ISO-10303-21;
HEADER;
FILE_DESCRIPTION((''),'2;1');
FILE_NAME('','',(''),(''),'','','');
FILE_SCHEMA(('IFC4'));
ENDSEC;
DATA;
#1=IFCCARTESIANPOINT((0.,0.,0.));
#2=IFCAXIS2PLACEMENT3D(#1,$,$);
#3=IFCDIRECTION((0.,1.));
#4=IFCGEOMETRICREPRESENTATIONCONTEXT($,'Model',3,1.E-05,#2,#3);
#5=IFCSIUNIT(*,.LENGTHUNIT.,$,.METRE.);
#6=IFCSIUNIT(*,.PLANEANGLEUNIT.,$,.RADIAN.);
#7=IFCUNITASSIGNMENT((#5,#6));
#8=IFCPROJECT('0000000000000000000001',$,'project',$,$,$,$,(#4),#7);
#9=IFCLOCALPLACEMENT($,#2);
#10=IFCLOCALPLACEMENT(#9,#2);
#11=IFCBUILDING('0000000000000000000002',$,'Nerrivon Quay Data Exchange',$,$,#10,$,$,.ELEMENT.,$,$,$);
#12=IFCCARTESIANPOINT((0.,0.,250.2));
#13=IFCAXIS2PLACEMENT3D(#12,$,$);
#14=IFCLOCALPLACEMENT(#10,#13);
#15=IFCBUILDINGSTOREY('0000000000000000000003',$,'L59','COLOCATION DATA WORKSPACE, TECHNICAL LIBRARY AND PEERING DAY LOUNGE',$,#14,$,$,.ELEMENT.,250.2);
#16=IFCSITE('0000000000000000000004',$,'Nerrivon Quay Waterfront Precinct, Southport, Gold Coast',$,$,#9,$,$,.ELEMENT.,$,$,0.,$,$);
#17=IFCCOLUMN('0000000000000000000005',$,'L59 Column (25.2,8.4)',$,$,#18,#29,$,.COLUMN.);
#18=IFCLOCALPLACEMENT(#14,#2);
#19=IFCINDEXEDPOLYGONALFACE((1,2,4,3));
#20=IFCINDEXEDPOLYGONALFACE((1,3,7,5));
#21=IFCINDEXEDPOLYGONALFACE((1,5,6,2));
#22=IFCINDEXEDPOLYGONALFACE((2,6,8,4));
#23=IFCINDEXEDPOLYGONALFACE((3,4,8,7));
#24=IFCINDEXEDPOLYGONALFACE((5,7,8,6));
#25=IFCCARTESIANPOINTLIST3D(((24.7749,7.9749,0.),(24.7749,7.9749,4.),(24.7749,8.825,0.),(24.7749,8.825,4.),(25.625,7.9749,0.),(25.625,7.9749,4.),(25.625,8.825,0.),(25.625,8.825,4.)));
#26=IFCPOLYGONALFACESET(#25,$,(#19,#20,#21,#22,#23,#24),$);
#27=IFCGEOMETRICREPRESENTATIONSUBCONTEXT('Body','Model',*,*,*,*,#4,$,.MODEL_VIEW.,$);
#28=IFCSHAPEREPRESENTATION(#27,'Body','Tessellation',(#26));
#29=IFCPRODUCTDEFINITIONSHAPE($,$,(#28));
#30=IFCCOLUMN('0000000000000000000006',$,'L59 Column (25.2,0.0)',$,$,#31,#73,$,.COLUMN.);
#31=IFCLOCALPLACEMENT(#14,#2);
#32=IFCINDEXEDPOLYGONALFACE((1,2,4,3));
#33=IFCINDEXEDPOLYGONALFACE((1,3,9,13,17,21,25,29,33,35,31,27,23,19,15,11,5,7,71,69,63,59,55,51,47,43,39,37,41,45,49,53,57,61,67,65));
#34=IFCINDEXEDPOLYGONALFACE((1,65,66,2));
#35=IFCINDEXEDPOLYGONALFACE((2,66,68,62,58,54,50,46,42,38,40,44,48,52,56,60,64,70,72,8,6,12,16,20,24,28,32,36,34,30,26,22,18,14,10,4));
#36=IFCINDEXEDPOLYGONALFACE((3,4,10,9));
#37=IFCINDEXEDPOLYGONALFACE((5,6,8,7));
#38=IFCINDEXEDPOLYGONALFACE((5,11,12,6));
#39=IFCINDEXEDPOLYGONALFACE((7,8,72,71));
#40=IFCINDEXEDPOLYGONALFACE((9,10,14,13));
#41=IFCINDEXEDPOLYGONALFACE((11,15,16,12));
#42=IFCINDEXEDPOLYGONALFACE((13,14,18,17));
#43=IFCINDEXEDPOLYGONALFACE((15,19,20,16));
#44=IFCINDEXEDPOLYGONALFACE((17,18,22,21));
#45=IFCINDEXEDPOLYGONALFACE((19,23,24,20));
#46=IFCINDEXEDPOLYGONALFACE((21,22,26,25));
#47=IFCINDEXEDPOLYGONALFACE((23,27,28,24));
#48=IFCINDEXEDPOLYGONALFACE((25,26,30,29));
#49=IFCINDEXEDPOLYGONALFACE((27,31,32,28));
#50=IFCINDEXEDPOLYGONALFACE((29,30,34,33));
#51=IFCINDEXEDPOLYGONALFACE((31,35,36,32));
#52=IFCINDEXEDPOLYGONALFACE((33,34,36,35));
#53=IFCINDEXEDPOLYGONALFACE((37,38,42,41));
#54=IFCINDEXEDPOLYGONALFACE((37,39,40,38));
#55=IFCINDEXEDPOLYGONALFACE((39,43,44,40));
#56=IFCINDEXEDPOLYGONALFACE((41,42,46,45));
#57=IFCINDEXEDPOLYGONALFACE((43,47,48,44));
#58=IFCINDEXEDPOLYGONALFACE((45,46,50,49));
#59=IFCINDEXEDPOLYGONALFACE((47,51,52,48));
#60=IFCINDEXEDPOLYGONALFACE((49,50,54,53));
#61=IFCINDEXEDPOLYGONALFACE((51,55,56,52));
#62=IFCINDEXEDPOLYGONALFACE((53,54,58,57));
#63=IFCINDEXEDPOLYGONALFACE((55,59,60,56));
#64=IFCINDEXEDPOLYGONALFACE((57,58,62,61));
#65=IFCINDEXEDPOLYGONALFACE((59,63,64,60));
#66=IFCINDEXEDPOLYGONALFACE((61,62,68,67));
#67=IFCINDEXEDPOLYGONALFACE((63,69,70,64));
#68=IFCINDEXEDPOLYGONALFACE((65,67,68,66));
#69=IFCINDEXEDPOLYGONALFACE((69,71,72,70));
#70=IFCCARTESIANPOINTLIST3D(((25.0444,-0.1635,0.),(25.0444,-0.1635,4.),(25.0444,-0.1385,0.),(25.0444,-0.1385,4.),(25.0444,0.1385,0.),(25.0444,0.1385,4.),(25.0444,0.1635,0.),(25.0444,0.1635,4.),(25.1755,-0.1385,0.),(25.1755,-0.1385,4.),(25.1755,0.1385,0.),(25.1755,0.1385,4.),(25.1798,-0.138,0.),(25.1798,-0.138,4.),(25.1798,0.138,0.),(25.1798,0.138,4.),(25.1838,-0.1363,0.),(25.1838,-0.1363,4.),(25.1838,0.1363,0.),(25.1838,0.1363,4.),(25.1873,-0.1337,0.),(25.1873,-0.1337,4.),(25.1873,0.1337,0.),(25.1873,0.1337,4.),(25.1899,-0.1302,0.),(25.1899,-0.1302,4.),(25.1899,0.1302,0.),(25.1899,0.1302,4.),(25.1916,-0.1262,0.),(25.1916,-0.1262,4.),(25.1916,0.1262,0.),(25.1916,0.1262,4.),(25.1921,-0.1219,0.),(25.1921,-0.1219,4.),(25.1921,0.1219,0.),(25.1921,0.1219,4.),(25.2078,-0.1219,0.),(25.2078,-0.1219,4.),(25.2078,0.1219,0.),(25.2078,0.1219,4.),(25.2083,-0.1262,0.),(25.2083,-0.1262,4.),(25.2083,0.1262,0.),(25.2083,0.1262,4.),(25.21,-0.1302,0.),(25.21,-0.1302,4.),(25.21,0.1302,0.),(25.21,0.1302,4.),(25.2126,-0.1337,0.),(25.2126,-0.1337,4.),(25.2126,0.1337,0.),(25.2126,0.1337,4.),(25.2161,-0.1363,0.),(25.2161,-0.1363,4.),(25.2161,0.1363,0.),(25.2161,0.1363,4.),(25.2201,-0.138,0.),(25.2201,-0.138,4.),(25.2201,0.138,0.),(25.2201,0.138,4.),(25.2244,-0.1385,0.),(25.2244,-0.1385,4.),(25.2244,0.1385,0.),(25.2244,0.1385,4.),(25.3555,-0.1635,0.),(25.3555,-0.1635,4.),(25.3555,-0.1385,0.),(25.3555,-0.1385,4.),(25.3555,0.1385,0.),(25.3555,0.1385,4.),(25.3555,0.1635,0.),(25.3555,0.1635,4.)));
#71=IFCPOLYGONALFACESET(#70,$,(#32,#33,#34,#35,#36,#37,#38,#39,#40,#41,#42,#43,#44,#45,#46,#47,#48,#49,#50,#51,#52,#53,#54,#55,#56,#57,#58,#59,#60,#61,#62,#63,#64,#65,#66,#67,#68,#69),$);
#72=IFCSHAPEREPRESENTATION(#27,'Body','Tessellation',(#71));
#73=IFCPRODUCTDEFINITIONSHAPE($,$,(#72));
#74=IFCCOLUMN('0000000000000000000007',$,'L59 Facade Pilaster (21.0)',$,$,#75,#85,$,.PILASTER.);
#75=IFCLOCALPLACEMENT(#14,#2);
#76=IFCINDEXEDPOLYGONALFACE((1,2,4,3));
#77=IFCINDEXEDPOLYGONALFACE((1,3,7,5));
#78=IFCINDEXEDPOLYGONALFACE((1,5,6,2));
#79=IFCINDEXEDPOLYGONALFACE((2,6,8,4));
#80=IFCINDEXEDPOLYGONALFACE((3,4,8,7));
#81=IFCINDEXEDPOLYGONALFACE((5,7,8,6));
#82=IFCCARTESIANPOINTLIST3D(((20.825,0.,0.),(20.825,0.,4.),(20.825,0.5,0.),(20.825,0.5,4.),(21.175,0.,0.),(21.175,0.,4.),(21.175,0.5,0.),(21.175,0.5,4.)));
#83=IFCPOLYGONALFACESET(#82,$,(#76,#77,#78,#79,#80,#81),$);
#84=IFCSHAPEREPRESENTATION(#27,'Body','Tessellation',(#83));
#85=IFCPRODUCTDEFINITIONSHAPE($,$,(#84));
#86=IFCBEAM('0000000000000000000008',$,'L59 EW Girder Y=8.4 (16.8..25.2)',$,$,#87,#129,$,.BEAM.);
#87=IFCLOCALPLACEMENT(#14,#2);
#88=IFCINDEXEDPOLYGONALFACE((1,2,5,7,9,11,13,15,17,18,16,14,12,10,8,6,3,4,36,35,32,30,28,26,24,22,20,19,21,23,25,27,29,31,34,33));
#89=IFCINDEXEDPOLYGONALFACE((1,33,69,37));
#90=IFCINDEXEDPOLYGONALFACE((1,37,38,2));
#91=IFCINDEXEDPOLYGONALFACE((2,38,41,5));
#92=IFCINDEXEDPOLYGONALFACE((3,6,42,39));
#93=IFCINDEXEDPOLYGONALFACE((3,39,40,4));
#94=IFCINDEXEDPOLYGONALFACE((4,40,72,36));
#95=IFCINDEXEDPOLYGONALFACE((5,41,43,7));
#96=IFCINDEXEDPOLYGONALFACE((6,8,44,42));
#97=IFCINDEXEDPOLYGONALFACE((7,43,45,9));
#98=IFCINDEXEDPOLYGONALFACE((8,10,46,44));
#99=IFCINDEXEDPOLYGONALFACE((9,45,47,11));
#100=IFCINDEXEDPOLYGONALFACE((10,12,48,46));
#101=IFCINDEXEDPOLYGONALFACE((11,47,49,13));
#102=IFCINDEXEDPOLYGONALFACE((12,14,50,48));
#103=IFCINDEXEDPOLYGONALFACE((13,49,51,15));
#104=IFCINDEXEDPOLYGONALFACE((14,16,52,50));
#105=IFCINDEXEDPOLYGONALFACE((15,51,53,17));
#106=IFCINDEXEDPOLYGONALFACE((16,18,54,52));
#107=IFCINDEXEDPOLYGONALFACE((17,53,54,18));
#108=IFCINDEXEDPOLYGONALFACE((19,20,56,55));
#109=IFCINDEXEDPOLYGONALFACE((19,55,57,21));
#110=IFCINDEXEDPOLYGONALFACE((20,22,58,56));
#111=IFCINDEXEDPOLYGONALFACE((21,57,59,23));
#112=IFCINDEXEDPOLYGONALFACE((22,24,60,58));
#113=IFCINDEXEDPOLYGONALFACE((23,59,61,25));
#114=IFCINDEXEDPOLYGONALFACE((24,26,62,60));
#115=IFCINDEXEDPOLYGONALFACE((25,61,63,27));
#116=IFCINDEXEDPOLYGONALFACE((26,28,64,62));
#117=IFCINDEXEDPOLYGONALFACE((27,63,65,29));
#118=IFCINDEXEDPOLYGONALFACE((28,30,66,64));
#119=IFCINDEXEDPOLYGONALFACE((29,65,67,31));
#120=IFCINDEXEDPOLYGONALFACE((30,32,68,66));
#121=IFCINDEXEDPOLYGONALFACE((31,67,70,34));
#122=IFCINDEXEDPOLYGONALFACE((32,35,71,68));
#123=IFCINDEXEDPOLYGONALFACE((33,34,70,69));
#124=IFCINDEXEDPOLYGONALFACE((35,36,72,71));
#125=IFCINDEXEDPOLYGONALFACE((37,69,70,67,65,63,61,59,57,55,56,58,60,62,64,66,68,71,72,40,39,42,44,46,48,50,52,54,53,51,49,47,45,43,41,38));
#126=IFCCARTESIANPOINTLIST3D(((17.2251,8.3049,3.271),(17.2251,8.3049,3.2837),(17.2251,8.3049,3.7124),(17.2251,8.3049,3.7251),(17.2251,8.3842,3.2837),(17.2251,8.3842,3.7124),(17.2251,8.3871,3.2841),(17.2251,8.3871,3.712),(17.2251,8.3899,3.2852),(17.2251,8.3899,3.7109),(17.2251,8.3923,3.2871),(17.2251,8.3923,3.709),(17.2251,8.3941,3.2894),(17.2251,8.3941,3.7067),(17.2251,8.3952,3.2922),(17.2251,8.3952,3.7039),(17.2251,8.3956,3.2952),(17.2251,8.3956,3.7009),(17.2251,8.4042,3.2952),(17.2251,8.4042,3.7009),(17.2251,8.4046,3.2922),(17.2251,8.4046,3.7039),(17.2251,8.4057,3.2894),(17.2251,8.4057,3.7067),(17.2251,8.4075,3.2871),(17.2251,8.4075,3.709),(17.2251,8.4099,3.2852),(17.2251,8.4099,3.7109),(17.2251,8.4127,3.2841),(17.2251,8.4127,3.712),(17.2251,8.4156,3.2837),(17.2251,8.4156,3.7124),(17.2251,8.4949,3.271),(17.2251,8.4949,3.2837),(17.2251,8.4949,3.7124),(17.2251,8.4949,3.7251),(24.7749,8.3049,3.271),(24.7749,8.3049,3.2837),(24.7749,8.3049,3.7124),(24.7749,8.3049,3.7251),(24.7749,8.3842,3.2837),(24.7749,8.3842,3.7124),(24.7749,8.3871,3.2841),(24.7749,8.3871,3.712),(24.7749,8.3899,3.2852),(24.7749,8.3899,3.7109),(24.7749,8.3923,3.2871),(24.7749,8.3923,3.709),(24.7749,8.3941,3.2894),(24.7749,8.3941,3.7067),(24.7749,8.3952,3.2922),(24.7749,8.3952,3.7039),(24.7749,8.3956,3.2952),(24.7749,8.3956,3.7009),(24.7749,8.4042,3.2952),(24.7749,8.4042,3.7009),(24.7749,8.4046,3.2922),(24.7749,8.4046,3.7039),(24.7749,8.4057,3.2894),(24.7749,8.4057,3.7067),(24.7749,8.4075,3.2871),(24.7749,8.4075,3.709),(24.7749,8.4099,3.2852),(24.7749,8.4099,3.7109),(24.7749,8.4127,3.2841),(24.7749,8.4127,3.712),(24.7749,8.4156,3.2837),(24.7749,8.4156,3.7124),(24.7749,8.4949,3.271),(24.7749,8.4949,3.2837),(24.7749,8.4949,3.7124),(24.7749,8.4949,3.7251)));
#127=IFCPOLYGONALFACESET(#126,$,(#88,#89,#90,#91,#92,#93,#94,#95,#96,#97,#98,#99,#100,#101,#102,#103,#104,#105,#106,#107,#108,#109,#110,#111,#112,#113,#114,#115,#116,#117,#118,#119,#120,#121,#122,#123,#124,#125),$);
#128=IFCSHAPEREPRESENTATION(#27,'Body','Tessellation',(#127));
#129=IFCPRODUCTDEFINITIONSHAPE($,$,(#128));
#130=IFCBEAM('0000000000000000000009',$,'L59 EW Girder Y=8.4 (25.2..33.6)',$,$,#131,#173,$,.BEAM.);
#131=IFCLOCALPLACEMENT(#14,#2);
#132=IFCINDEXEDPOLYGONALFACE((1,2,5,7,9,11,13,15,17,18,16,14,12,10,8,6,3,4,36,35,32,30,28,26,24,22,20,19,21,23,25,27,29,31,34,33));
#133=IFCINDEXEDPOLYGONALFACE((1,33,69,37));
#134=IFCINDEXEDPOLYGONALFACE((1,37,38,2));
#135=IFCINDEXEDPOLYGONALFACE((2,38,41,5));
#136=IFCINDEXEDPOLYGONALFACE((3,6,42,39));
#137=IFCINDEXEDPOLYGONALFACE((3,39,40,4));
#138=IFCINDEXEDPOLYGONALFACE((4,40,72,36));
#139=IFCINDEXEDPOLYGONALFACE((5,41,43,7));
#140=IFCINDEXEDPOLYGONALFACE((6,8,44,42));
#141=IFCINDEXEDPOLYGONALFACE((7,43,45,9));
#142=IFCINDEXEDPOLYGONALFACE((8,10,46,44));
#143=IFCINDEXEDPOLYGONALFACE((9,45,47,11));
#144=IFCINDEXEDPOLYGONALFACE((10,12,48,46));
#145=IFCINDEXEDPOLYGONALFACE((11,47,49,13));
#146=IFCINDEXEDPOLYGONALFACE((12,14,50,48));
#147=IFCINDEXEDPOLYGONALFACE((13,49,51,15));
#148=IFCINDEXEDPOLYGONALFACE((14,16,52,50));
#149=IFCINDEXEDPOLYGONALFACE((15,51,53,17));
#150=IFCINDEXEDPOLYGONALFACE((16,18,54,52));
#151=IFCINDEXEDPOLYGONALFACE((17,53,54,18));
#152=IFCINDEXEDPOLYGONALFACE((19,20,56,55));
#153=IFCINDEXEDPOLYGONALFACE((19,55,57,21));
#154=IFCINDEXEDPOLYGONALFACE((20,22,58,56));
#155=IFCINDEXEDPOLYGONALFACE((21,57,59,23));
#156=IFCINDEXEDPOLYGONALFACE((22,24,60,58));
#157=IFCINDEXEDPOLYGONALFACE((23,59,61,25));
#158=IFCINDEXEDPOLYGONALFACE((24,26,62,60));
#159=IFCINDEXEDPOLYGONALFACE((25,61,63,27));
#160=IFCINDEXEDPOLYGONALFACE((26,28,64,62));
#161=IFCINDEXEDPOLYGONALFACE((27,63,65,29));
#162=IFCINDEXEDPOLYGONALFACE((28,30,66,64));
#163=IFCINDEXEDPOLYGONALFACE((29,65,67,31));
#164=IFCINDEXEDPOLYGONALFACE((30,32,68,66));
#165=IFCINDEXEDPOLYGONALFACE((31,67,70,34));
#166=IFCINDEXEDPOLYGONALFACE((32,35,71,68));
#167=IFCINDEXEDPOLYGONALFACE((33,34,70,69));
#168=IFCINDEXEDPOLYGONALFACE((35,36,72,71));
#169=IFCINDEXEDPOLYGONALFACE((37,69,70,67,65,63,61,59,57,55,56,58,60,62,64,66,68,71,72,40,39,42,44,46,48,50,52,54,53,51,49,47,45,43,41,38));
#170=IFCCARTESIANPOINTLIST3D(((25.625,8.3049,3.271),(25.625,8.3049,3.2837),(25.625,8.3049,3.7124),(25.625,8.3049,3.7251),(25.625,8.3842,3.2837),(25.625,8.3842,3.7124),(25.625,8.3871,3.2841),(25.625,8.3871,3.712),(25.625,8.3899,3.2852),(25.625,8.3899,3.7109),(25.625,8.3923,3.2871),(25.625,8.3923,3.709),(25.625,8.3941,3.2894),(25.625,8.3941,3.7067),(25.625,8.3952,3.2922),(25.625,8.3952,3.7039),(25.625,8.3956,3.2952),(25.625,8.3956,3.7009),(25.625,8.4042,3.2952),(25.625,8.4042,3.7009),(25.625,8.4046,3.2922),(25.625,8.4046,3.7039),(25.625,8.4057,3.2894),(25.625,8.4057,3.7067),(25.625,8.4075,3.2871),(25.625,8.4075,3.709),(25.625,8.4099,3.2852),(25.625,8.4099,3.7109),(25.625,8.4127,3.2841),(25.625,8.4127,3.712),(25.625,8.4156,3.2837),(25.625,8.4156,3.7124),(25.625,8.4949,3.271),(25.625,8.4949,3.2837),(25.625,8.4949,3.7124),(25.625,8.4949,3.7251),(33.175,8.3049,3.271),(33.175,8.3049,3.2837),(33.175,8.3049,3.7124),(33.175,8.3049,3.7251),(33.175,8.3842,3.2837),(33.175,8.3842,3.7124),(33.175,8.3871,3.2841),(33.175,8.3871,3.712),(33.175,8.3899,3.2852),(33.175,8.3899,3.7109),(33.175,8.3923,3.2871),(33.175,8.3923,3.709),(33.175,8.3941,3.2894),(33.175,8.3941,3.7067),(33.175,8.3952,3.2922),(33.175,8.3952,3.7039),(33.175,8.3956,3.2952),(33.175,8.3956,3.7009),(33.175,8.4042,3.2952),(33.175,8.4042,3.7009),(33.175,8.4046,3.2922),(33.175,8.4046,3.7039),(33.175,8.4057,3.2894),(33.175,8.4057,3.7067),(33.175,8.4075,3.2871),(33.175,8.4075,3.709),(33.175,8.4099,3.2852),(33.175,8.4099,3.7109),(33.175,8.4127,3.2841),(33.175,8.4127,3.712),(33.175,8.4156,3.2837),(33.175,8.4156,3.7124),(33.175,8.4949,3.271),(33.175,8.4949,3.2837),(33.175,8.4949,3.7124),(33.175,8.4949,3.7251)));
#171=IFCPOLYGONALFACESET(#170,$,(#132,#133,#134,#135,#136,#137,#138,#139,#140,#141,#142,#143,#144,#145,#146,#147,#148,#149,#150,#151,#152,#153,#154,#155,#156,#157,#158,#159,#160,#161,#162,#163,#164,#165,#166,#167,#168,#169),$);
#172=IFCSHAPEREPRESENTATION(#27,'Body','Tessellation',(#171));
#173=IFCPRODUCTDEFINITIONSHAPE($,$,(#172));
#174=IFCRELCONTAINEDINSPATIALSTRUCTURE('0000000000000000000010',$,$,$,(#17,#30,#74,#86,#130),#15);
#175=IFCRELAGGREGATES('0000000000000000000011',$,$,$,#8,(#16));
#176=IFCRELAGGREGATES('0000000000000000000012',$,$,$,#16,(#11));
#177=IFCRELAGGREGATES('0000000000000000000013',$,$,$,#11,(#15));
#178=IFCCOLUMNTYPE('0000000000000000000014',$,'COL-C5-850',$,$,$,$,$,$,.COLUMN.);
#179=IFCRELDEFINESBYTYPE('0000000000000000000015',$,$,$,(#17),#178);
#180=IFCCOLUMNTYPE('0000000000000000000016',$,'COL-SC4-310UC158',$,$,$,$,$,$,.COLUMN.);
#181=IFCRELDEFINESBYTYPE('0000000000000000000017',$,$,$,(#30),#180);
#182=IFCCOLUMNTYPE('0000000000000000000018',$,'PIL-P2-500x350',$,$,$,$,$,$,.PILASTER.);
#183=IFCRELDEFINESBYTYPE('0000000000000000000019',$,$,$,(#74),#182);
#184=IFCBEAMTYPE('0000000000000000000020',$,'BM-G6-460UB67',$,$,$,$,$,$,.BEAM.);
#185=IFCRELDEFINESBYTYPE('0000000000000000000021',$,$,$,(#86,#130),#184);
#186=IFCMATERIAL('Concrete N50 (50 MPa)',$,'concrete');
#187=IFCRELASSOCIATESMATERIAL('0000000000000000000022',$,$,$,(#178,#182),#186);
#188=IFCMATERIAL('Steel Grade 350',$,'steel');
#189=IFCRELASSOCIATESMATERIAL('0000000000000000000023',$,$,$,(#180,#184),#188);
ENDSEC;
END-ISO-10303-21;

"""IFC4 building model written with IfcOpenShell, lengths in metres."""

from ifc_helpers import new_model, si_unit, direction, frame, origin, origin_2d, place, context, subcontext, project, spatial, rectangle, i_section, extrude, material, material_profile, profile_set, type_object, element, save


model = new_model("IFC4")

# Units and contexts
model_context = context("Model", 3, precision=1e-05, world=origin(), true_north=direction((0.0, 1.0)))
body_context = subcontext(model_context, "Body", "Model", "MODEL_VIEW")
ifc_project = project(units=[si_unit("LENGTHUNIT", "METRE"), si_unit("PLANEANGLEUNIT", "RADIAN")], contexts=[model_context])

# Site, building, storey
site_placement = place(None, origin())
site = spatial("IfcSite", under=ifc_project, at=site_placement, Name="Nerrivon Quay Waterfront Precinct, Southport, Gold Coast", CompositionType="ELEMENT", RefElevation=0.0)
building_placement = place(site_placement, origin())
building = spatial("IfcBuilding", under=site, at=building_placement, Name="Nerrivon Quay Data Exchange", CompositionType="ELEMENT")
storey_placement = place(building_placement, frame((0.0, 0.0, 250.2)))
storey = spatial("IfcBuildingStorey", under=building, at=storey_placement, Name="L59", Description="COLOCATION DATA WORKSPACE, TECHNICAL LIBRARY AND PEERING DAY LOUNGE", CompositionType="ELEMENT", Elevation=250.2)

# Columns
ifc_material_1 = material(Name="Concrete N50 (50 MPa)", Category="concrete")
ifc_material_profile_1 = material_profile(ifc_material_1, rectangle(XDim=0.8501, YDim=0.8501, at=origin_2d()), Name="RC-COL-850x850")
ifc_profile_set_1 = profile_set([ifc_material_profile_1], Name="Concrete N50 (50 MPa)")
column_type_1 = type_object("IfcColumnType", Name="COL-C5-850", PredefinedType="COLUMN", material=ifc_profile_set_1)
column_1_placement = place(storey_placement, frame((25.2, 8.3999, 0.0), z_axis=(0.0, 0.0, 1.0), x_axis=(1.0, 0.0, 0.0)))
element("IfcColumn", 1, at=column_1_placement, inside=storey, type_object=column_type_1, Name="L59 Column (25.2,8.4)", PredefinedType="COLUMN", context=body_context, shape_type="SweptSolid", body=[
    extrude(rectangle(XDim=0.8501, YDim=0.8501, at=origin_2d()), origin(), (0.0, 0.0, 1.0), 4.0),
])
ifc_material_2 = material(Name="Steel Grade 350", Category="steel")
ifc_material_profile_2 = material_profile(ifc_material_2, i_section(OverallWidth=0.311, OverallDepth=0.3269, WebThickness=0.0156, FlangeThickness=0.0249, FilletRadius=0.0166, at=origin_2d()), Name="310UC158")
ifc_profile_set_2 = profile_set([ifc_material_profile_2], Name="Steel Grade 350")
column_type_2 = type_object("IfcColumnType", Name="COL-SC4-310UC158", PredefinedType="COLUMN", material=ifc_profile_set_2)
column_2_placement = place(storey_placement, frame((25.2, 0.0, 0.0), z_axis=(0.0, 0.0, 1.0), x_axis=(1.0, 0.0, 0.0)))
element("IfcColumn", 2, at=column_2_placement, inside=storey, type_object=column_type_2, Name="L59 Column (25.2,0.0)", PredefinedType="COLUMN", context=body_context, shape_type="SweptSolid", body=[
    extrude(i_section(OverallWidth=0.311, OverallDepth=0.3269, WebThickness=0.0156, FlangeThickness=0.0249, FilletRadius=0.0166, at=origin_2d()), origin(), (0.0, 0.0, 1.0), 4.0),
])
ifc_material_profile_3 = material_profile(ifc_material_1, rectangle(XDim=0.3501, YDim=0.5, at=origin_2d()), Name="RC-PIL-500x350")
ifc_profile_set_3 = profile_set([ifc_material_profile_3], Name="Concrete N50 (50 MPa)")
column_type_3 = type_object("IfcColumnType", Name="PIL-P2-500x350", PredefinedType="PILASTER", material=ifc_profile_set_3)
column_3_placement = place(storey_placement, frame((21.0, 0.25, 0.0), z_axis=(0.0, 0.0, 1.0), x_axis=(1.0, 0.0, 0.0)))
element("IfcColumn", 3, at=column_3_placement, inside=storey, type_object=column_type_3, Name="L59 Facade Pilaster (21.0)", PredefinedType="PILASTER", context=body_context, shape_type="SweptSolid", body=[
    extrude(rectangle(XDim=0.3501, YDim=0.5, at=origin_2d()), origin(), (0.0, 0.0, 1.0), 4.0),
])

# Beams
ifc_material_profile_4 = material_profile(ifc_material_2, i_section(OverallWidth=0.1899, OverallDepth=0.4541, WebThickness=0.0085, FlangeThickness=0.0127, FilletRadius=0.0115, at=origin_2d()), Name="460UB67.1")
ifc_profile_set_4 = profile_set([ifc_material_profile_4], Name="Steel Grade 350")
beam_type_1 = type_object("IfcBeamType", Name="BM-G6-460UB67", PredefinedType="BEAM", material=ifc_profile_set_4)
beam_1_placement = place(storey_placement, frame((17.2251, 8.3999, 3.498), z_axis=(1.0, 0.0, 0.0), x_axis=(0.0, 1.0, 0.0)))
element("IfcBeam", 4, at=beam_1_placement, inside=storey, type_object=beam_type_1, Name="L59 EW Girder Y=8.4 (16.8..25.2)", PredefinedType="BEAM", context=body_context, shape_type="SweptSolid", body=[
    extrude(i_section(OverallWidth=0.1899, OverallDepth=0.4541, WebThickness=0.0085, FlangeThickness=0.0127, FilletRadius=0.0115, at=origin_2d()), origin(), (0.0, 0.0, 1.0), 7.5498),
])
beam_2_placement = place(storey_placement, frame((25.625, 8.3999, 3.498), z_axis=(1.0, 0.0, 0.0), x_axis=(0.0, 1.0, 0.0)))
element("IfcBeam", 5, at=beam_2_placement, inside=storey, type_object=beam_type_1, Name="L59 EW Girder Y=8.4 (25.2..33.6)", PredefinedType="BEAM", context=body_context, shape_type="SweptSolid", body=[
    extrude(i_section(OverallWidth=0.1899, OverallDepth=0.4541, WebThickness=0.0085, FlangeThickness=0.0127, FilletRadius=0.0115, at=origin_2d()), origin(), (0.0, 0.0, 1.0), 7.55),
])

save(model, "model.ifc")
